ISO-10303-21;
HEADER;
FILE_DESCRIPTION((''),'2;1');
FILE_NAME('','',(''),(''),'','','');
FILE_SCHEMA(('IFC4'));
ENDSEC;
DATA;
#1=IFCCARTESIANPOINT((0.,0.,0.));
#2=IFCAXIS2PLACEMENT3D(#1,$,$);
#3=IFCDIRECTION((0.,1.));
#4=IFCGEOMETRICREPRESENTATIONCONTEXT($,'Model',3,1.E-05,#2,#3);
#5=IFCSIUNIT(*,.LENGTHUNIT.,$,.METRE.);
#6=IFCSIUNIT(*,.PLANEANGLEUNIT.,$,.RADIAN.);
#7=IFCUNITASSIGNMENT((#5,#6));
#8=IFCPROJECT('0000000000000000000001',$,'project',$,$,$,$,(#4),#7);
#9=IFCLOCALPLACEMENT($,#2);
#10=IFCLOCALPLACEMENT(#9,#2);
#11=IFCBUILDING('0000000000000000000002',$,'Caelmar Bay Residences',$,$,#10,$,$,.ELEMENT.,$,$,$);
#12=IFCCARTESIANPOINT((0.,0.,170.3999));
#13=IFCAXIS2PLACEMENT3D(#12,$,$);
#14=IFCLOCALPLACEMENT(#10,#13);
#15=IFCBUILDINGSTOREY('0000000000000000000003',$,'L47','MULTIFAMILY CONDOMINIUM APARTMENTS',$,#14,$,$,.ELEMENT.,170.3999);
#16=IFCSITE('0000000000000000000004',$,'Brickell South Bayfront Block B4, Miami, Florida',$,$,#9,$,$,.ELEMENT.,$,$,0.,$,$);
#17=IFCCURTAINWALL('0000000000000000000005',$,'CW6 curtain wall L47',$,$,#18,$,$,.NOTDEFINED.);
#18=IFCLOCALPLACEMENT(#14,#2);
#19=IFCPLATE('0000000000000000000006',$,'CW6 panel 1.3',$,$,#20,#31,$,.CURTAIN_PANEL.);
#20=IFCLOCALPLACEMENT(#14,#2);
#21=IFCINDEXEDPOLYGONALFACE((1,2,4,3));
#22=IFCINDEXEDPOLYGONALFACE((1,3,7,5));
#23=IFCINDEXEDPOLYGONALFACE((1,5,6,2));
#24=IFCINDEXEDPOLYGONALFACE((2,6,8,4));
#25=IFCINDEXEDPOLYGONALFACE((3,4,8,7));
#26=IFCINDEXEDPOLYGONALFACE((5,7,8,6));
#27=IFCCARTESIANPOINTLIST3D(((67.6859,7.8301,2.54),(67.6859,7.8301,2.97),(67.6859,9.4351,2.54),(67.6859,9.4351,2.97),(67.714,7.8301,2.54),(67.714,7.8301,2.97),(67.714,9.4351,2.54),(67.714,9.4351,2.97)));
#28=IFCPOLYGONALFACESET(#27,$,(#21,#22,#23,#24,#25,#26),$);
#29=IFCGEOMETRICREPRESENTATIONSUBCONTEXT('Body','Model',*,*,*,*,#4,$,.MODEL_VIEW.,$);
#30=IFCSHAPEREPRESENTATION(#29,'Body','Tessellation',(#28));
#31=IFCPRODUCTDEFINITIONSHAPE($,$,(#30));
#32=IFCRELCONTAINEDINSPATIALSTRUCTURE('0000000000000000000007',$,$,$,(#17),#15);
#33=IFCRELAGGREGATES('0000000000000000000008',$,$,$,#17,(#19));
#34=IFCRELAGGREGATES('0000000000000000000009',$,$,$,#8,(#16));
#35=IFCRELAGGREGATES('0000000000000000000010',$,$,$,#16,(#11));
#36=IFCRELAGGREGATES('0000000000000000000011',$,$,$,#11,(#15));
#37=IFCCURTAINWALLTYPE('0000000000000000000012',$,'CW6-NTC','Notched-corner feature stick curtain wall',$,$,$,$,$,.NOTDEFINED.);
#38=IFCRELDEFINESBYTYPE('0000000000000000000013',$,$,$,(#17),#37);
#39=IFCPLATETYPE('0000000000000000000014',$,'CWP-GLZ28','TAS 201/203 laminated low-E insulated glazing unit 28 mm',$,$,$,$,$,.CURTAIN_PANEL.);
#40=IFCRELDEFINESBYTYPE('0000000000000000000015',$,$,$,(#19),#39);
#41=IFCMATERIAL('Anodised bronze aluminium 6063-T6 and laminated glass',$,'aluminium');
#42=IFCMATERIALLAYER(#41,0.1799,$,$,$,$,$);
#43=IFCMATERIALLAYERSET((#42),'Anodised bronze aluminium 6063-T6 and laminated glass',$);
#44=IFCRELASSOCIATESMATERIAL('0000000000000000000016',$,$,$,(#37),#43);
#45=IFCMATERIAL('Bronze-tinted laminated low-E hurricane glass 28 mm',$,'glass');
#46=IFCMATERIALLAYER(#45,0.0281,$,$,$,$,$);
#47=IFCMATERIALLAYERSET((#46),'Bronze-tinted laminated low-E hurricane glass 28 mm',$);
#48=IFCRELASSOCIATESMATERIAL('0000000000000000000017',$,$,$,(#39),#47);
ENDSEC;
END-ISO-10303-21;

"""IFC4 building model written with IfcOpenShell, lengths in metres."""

from ifc_helpers import new_model, si_unit, direction, frame, origin, origin_2d, place, context, subcontext, project, spatial, rectangle, extrude, material, layer, layer_set, type_object, element, aggregate, save


model = new_model("IFC4")

# Units and contexts
model_context = context("Model", 3, precision=1e-05, world=origin(), true_north=direction((0.0, 1.0)))
body_context = subcontext(model_context, "Body", "Model", "MODEL_VIEW")
ifc_project = project(units=[si_unit("LENGTHUNIT", "METRE"), si_unit("PLANEANGLEUNIT", "RADIAN")], contexts=[model_context])

# Site, building, storey
site_placement = place(None, origin())
site = spatial("IfcSite", under=ifc_project, at=site_placement, Name="Brickell South Bayfront Block B4, Miami, Florida", CompositionType="ELEMENT", RefElevation=0.0)
building_placement = place(site_placement, origin())
building = spatial("IfcBuilding", under=site, at=building_placement, Name="Caelmar Bay Residences", CompositionType="ELEMENT")
storey_placement = place(building_placement, frame((0.0, 0.0, 170.3999)))
storey = spatial("IfcBuildingStorey", under=building, at=storey_placement, Name="L47", Description="MULTIFAMILY CONDOMINIUM APARTMENTS", CompositionType="ELEMENT", Elevation=170.3999)

# Curtain wall, plate
ifc_material_1 = material(Name="Anodised bronze aluminium 6063-T6 and laminated glass", Category="aluminium")
ifc_layer_1 = layer(ifc_material_1, 0.1799)
ifc_layer_set_1 = layer_set([ifc_layer_1], Name="Anodised bronze aluminium 6063-T6 and laminated glass")
curtain_wall_type = type_object("IfcCurtainWallType", Name="CW6-NTC", Description="Notched-corner feature stick curtain wall", PredefinedType="NOTDEFINED", material=ifc_layer_set_1)
curtain_wall_placement = place(storey_placement, origin())
curtain_wall = element("IfcCurtainWall", 1, at=curtain_wall_placement, inside=storey, type_object=curtain_wall_type, Name="CW6 curtain wall L47", PredefinedType="NOTDEFINED")
ifc_material_2 = material(Name="Bronze-tinted laminated low-E hurricane glass 28 mm", Category="glass")
ifc_layer_2 = layer(ifc_material_2, 0.0281)
ifc_layer_set_2 = layer_set([ifc_layer_2], Name="Bronze-tinted laminated low-E hurricane glass 28 mm")
plate_type = type_object("IfcPlateType", Name="CWP-GLZ28", Description="TAS 201/203 laminated low-E insulated glazing unit 28 mm", PredefinedType="CURTAIN_PANEL", material=ifc_layer_set_2)
plate_1_placement = place(storey_placement, frame((67.7, 8.6326, 2.54), z_axis=(0.0, 0.0, 1.0), x_axis=(0.0, 1.0, 0.0)))
plate_1 = element("IfcPlate", 2, at=plate_1_placement, type_object=plate_type, Name="CW6 panel 1.3", PredefinedType="CURTAIN_PANEL", context=body_context, shape_type="SweptSolid", body=[
    extrude(rectangle(XDim=1.605, YDim=0.0281, at=origin_2d()), origin(), (0.0, 0.0, 1.0), 0.4299),
])
aggregate(curtain_wall, [plate_1])

save(model, "model.ifc")
